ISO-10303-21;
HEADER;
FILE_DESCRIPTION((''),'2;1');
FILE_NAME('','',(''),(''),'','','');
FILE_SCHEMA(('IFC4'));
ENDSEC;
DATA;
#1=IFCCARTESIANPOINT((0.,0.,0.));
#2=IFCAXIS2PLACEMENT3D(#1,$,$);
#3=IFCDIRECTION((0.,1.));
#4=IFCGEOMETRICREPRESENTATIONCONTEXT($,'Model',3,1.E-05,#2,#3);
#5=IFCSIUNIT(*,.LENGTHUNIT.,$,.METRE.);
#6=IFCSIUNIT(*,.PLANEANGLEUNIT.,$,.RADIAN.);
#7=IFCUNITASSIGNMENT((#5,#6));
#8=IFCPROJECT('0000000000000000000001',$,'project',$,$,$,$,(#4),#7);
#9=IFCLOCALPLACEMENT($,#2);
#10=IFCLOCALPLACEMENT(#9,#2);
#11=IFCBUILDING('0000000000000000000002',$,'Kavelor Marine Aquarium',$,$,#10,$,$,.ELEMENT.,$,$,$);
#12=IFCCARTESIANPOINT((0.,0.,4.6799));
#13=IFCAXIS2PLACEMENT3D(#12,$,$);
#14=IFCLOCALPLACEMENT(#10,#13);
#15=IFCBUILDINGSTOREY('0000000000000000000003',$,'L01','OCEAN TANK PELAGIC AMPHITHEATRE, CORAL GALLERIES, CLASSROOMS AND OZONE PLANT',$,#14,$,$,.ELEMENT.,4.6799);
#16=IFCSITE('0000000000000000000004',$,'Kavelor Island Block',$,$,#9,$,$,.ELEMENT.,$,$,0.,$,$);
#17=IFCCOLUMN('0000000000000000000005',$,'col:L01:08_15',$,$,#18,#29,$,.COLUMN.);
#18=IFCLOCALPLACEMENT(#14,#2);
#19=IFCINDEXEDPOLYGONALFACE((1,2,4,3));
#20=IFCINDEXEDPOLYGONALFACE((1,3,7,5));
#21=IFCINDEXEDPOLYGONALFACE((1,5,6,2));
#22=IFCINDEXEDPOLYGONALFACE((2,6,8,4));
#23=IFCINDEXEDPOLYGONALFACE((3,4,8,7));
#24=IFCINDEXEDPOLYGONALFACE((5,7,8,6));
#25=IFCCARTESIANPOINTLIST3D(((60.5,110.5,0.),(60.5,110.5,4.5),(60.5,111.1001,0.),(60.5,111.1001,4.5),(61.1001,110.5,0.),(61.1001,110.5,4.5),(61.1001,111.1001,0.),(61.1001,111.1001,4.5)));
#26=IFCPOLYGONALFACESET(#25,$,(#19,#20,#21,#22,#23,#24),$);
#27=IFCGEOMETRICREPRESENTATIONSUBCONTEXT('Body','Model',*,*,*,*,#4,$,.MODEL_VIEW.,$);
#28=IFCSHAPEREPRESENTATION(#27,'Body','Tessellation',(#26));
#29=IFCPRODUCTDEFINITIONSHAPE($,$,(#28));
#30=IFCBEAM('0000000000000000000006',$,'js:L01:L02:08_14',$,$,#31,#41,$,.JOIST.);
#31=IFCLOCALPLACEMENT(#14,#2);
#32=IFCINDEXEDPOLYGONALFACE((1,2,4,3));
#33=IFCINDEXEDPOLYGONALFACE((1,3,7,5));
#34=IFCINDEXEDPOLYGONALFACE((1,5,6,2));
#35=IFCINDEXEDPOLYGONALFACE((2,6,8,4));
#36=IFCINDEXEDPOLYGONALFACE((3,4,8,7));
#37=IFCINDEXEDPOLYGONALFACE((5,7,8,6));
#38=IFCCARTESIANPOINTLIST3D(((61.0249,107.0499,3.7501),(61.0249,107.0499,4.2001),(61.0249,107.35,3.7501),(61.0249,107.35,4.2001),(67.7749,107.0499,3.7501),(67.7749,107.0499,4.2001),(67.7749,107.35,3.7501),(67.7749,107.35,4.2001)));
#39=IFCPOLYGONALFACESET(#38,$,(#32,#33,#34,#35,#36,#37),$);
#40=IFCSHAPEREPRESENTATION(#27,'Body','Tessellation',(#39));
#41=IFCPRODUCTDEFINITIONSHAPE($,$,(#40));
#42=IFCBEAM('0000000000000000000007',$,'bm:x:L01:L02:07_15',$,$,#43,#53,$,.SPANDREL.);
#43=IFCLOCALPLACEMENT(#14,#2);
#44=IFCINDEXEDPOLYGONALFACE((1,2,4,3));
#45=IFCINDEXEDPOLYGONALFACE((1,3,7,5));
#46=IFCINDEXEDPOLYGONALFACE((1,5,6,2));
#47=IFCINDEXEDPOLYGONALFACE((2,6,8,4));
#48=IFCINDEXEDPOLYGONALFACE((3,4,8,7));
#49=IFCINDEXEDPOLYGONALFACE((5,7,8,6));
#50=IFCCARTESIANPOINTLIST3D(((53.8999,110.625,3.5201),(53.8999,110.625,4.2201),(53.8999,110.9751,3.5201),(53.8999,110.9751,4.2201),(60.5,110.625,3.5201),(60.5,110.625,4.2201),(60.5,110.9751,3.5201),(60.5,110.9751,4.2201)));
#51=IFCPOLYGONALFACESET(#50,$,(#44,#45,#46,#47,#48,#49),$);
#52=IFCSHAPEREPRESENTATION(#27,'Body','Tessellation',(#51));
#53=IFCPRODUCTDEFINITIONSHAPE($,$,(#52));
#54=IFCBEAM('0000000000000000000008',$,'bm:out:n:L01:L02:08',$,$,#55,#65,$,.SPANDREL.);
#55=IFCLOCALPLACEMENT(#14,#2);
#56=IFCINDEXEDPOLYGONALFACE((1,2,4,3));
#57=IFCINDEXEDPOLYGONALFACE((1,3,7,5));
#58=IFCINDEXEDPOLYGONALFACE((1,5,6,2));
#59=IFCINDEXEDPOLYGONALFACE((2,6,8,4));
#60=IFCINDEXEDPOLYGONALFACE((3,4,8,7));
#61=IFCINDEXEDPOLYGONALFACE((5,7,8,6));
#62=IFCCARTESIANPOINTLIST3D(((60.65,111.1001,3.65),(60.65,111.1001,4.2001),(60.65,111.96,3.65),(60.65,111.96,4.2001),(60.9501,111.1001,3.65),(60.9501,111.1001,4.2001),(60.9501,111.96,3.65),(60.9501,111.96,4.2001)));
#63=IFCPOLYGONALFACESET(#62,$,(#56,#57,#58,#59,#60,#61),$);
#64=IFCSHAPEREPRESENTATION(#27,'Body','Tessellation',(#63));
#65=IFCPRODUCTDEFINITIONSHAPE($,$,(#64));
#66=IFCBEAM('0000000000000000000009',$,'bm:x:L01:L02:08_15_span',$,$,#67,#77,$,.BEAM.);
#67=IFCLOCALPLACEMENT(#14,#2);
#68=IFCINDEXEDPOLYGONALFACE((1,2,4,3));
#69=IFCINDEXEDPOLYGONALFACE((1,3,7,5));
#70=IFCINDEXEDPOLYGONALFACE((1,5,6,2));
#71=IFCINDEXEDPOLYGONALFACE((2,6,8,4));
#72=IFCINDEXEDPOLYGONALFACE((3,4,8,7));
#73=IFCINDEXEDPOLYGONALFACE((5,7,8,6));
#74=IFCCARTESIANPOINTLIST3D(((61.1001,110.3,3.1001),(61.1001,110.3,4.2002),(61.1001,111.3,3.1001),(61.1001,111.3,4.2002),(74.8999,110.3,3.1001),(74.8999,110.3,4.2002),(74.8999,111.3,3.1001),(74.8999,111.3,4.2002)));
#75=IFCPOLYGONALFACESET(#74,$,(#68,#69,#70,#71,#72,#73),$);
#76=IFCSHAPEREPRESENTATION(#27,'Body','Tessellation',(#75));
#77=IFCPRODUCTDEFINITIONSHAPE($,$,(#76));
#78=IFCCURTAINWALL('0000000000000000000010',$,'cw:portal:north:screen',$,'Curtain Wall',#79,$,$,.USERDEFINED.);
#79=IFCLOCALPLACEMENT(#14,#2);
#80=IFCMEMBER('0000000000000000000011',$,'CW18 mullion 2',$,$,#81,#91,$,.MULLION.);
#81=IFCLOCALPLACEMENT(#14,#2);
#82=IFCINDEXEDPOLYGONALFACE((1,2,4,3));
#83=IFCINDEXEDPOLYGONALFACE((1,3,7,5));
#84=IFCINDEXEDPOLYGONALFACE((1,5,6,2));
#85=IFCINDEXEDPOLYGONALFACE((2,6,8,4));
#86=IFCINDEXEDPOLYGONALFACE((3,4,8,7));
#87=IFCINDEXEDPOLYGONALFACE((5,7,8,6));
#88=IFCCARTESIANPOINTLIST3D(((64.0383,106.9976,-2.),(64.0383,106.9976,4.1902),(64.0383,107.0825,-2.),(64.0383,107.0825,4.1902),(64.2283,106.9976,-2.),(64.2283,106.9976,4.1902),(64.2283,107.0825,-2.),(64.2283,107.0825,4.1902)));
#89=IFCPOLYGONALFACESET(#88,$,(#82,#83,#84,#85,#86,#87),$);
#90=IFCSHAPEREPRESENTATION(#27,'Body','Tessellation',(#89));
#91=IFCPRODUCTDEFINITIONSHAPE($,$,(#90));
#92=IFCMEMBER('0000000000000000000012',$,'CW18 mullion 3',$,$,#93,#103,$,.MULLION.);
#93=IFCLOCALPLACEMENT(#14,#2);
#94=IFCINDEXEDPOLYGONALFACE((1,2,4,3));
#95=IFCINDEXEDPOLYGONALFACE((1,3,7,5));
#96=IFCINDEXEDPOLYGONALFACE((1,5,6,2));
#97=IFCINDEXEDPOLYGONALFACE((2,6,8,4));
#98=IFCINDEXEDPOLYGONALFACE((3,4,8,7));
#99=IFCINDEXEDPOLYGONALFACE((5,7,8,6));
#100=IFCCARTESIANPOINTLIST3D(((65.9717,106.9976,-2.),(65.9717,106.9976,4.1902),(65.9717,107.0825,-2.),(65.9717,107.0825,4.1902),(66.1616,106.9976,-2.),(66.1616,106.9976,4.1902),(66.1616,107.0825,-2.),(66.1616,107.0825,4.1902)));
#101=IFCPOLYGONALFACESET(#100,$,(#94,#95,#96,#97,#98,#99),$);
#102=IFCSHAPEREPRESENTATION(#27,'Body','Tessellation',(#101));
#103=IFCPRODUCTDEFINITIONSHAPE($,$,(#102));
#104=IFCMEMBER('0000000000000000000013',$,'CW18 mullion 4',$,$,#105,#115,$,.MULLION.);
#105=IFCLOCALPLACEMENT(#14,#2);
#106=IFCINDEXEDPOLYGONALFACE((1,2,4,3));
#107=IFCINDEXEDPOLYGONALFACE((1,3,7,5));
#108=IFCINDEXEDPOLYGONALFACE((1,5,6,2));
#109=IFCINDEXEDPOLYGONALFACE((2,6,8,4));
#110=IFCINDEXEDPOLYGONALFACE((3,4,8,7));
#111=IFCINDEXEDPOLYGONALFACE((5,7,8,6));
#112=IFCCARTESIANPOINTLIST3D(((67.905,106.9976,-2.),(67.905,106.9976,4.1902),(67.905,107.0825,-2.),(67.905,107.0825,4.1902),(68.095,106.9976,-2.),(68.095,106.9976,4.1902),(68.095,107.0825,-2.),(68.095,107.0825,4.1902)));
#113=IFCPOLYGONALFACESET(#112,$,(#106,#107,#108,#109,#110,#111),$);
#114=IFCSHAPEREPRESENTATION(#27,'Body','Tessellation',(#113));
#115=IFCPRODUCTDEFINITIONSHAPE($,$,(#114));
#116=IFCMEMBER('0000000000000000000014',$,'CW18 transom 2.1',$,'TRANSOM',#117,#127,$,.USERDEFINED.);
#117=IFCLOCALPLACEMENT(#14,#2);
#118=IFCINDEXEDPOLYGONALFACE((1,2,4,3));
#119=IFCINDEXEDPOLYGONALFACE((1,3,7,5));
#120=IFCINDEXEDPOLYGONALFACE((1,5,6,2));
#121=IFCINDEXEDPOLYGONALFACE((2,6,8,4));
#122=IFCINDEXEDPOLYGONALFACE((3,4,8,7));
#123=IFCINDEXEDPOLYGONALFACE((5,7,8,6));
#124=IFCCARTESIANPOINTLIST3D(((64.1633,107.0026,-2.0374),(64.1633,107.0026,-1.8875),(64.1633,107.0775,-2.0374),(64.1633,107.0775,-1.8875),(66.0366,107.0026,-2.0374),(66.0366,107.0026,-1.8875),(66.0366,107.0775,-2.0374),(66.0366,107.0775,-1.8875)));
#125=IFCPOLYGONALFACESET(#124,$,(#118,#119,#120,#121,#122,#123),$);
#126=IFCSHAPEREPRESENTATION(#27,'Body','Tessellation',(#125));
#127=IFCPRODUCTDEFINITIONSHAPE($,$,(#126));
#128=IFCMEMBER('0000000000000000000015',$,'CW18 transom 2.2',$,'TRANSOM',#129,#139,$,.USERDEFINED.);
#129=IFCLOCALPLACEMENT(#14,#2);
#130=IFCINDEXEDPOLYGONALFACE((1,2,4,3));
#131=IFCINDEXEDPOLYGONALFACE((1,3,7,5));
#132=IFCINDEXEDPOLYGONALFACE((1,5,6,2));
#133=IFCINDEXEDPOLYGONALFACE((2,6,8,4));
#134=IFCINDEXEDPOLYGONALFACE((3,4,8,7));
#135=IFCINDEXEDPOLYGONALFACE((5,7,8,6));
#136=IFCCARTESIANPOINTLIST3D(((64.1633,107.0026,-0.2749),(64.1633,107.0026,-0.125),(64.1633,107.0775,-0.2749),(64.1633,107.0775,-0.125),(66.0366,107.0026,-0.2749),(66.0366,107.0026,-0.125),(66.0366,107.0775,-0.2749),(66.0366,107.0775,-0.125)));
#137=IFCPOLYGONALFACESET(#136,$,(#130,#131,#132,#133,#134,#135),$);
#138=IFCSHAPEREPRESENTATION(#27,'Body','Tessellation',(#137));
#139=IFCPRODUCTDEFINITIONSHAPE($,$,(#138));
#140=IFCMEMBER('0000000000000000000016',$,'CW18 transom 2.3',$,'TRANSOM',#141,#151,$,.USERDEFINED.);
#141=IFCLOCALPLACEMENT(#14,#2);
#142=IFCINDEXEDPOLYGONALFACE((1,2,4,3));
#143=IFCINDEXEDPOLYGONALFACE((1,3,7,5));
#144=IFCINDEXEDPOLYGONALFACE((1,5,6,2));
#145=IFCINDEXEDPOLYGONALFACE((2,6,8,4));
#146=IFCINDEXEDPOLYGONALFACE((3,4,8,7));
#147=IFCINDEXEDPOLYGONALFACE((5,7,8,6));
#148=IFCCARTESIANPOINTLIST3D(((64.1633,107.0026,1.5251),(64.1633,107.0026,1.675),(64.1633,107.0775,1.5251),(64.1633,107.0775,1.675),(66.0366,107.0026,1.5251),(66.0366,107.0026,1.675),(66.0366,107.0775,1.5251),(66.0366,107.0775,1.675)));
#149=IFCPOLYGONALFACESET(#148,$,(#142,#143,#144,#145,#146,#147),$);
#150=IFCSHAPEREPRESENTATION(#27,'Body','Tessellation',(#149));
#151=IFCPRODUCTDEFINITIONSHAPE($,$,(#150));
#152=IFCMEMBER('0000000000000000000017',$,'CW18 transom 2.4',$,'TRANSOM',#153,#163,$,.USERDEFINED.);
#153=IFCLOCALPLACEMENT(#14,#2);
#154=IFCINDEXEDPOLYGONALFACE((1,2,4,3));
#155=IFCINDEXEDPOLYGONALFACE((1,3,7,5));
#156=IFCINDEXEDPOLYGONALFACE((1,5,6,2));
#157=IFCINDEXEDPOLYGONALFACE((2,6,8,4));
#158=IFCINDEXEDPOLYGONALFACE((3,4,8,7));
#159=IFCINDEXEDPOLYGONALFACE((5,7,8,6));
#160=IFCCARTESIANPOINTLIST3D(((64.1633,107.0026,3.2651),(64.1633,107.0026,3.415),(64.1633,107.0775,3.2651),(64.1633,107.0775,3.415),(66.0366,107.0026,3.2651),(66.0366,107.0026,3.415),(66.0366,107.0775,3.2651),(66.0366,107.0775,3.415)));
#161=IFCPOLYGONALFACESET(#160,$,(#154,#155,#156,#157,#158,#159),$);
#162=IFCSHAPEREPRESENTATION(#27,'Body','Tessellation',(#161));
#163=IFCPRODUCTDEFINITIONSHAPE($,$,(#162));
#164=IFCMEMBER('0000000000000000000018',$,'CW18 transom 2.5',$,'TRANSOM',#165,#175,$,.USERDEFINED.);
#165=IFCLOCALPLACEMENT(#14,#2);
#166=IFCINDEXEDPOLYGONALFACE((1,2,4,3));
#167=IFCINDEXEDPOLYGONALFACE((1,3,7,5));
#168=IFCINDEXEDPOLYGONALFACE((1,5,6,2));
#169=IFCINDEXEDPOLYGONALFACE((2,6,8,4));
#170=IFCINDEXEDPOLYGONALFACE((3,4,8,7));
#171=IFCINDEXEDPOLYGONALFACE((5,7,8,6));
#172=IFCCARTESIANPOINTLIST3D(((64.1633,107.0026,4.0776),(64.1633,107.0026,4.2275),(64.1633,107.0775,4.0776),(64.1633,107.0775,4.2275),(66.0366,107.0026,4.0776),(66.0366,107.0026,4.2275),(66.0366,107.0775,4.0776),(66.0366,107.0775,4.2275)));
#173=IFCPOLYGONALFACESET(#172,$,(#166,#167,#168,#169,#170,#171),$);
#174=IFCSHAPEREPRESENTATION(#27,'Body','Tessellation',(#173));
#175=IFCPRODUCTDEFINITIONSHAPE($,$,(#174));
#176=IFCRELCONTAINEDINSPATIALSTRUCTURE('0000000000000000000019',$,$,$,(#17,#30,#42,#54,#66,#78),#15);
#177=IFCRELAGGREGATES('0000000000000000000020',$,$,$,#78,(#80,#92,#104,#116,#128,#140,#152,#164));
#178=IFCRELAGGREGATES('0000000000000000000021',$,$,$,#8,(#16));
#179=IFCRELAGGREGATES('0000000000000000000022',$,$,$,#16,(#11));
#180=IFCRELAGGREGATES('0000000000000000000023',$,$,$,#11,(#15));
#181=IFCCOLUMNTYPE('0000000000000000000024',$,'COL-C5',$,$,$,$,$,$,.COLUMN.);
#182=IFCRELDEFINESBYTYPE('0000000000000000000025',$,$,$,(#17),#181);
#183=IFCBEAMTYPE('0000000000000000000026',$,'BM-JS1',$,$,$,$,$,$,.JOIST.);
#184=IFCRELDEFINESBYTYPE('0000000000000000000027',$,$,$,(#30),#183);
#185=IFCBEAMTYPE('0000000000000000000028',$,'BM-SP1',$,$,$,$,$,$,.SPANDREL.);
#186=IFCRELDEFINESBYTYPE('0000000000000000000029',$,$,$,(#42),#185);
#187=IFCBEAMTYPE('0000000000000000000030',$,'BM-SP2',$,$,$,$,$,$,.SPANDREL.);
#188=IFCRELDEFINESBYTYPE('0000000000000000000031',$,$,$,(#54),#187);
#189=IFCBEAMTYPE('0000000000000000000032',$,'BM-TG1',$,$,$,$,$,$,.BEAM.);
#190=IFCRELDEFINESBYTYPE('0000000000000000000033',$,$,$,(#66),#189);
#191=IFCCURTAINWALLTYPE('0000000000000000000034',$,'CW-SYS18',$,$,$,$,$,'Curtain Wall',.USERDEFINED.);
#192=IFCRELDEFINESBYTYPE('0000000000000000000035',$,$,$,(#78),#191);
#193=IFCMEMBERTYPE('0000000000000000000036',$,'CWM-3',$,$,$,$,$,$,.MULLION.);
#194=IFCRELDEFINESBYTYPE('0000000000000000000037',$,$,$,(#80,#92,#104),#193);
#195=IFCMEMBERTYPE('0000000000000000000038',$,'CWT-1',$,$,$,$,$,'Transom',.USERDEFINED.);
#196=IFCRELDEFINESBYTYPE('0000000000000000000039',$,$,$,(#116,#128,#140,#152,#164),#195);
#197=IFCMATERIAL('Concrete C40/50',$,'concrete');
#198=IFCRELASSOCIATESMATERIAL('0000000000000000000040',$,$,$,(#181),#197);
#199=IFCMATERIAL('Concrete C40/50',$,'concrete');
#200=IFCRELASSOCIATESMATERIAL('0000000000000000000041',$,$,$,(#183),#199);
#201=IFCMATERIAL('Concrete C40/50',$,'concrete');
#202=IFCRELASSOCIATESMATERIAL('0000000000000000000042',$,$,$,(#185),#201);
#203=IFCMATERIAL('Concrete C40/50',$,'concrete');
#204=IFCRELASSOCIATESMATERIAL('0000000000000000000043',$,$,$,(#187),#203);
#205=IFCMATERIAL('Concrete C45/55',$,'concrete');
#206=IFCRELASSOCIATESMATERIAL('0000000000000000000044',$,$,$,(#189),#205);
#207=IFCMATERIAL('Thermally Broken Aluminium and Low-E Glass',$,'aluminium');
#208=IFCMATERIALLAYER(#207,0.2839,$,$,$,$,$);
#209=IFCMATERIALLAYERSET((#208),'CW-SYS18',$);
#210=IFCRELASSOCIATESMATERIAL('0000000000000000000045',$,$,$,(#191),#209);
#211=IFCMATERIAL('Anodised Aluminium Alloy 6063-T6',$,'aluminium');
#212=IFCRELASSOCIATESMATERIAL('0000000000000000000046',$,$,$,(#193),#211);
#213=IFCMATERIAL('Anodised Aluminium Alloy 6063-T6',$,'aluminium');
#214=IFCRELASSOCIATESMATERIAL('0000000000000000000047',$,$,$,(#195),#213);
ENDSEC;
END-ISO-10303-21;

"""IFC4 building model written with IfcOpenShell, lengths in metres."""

from ifc_helpers import new_model, si_unit, direction, frame, origin, origin_2d, place, context, subcontext, project, spatial, rectangle, extrude, material, layer, layer_set, material_profile, profile_set, type_object, element, aggregate, save


model = new_model("IFC4")

# Units and contexts
model_context = context("Model", 3, precision=1e-05, world=origin(), true_north=direction((0.0, 1.0)))
body_context = subcontext(model_context, "Body", "Model", "MODEL_VIEW")
ifc_project = project(units=[si_unit("LENGTHUNIT", "METRE"), si_unit("PLANEANGLEUNIT", "RADIAN")], contexts=[model_context])

# Site, building, storey
site_placement = place(None, origin())
site = spatial("IfcSite", under=ifc_project, at=site_placement, Name="Kavelor Island Block", CompositionType="ELEMENT", RefElevation=0.0)
building_placement = place(site_placement, origin())
building = spatial("IfcBuilding", under=site, at=building_placement, Name="Kavelor Marine Aquarium", CompositionType="ELEMENT")
storey_placement = place(building_placement, frame((0.0, 0.0, 4.6799)))
storey = spatial("IfcBuildingStorey", under=building, at=storey_placement, Name="L01", Description="OCEAN TANK PELAGIC AMPHITHEATRE, CORAL GALLERIES, CLASSROOMS AND OZONE PLANT", CompositionType="ELEMENT", Elevation=4.6799)

# Column
ifc_material_1 = material(Name="Concrete C40/50", Category="concrete")
ifc_material_profile_1 = material_profile(ifc_material_1, rectangle(XDim=0.6001, YDim=0.6001, at=origin_2d()), Name="RC-COL 600x600")
ifc_profile_set_1 = profile_set([ifc_material_profile_1], Name="Concrete C40/50")
column_type = type_object("IfcColumnType", Name="COL-C5", PredefinedType="COLUMN", material=ifc_profile_set_1)
column_placement = place(storey_placement, frame((60.8, 110.8, 0.0), z_axis=(0.0, 0.0, 1.0), x_axis=(1.0, 0.0, 0.0)))
element("IfcColumn", 1, at=column_placement, inside=storey, type_object=column_type, Name="col:L01:08_15", PredefinedType="COLUMN", context=body_context, shape_type="SweptSolid", body=[
    extrude(rectangle(XDim=0.6001, YDim=0.6001, at=origin_2d()), origin(), (0.0, 0.0, 1.0), 4.5),
])

# Beams
ifc_material_2 = material(Name="Concrete C40/50", Category="concrete")
ifc_material_profile_2 = material_profile(ifc_material_2, rectangle(XDim=0.3, YDim=0.45, at=origin_2d()), Name="RC-JS 300x450")
ifc_profile_set_2 = profile_set([ifc_material_profile_2], Name="Concrete C40/50")
beam_type_1 = type_object("IfcBeamType", Name="BM-JS1", PredefinedType="JOIST", material=ifc_profile_set_2)
beam_1_placement = place(storey_placement, frame((61.0249, 107.2, 3.9751), z_axis=(1.0, 0.0, 0.0), x_axis=(0.0, 1.0, 0.0)))
element("IfcBeam", 2, at=beam_1_placement, inside=storey, type_object=beam_type_1, Name="js:L01:L02:08_14", PredefinedType="JOIST", context=body_context, shape_type="SweptSolid", body=[
    extrude(rectangle(XDim=0.3, YDim=0.45, at=origin_2d()), origin(), (0.0, 0.0, 1.0), 6.75),
])
ifc_material_3 = material(Name="Concrete C40/50", Category="concrete")
ifc_material_profile_3 = material_profile(ifc_material_3, rectangle(XDim=0.3501, YDim=0.7, at=origin_2d()), Name="RC-SP 350x700")
ifc_profile_set_3 = profile_set([ifc_material_profile_3], Name="Concrete C40/50")
beam_type_2 = type_object("IfcBeamType", Name="BM-SP1", PredefinedType="SPANDREL", material=ifc_profile_set_3)
beam_2_placement = place(storey_placement, frame((53.8999, 110.8, 3.8701), z_axis=(1.0, 0.0, 0.0), x_axis=(0.0, 1.0, 0.0)))
element("IfcBeam", 3, at=beam_2_placement, inside=storey, type_object=beam_type_2, Name="bm:x:L01:L02:07_15", PredefinedType="SPANDREL", context=body_context, shape_type="SweptSolid", body=[
    extrude(rectangle(XDim=0.3501, YDim=0.7, at=origin_2d()), origin(), (0.0, 0.0, 1.0), 6.6001),
])
ifc_material_4 = material(Name="Concrete C40/50", Category="concrete")
ifc_material_profile_4 = material_profile(ifc_material_4, rectangle(XDim=0.3, YDim=0.55, at=origin_2d()), Name="RC-SP 300x550")
ifc_profile_set_4 = profile_set([ifc_material_profile_4], Name="Concrete C40/50")
beam_type_3 = type_object("IfcBeamType", Name="BM-SP2", PredefinedType="SPANDREL", material=ifc_profile_set_4)
beam_3_placement = place(storey_placement, frame((60.8, 111.1001, 3.925), z_axis=(0.0, 1.0, 0.0), x_axis=(-1.0, 0.0, 0.0)))
element("IfcBeam", 4, at=beam_3_placement, inside=storey, type_object=beam_type_3, Name="bm:out:n:L01:L02:08", PredefinedType="SPANDREL", context=body_context, shape_type="SweptSolid", body=[
    extrude(rectangle(XDim=0.3, YDim=0.55, at=origin_2d()), origin(), (0.0, 0.0, 1.0), 0.8599),
])
ifc_material_5 = material(Name="Concrete C45/55", Category="concrete")
ifc_material_profile_5 = material_profile(ifc_material_5, rectangle(XDim=1.0, YDim=1.1001, at=origin_2d()), Name="RC-TG 1000x1100")
ifc_profile_set_5 = profile_set([ifc_material_profile_5], Name="Concrete C45/55")
beam_type_4 = type_object("IfcBeamType", Name="BM-TG1", PredefinedType="BEAM", material=ifc_profile_set_5)
beam_4_placement = place(storey_placement, frame((61.1001, 110.8, 3.6501), z_axis=(1.0, 0.0, 0.0), x_axis=(0.0, 1.0, 0.0)))
element("IfcBeam", 5, at=beam_4_placement, inside=storey, type_object=beam_type_4, Name="bm:x:L01:L02:08_15_span", PredefinedType="BEAM", context=body_context, shape_type="SweptSolid", body=[
    extrude(rectangle(XDim=1.0, YDim=1.1001, at=origin_2d()), origin(), (0.0, 0.0, 1.0), 13.7998),
])

# Curtain wall, members
ifc_material_6 = material(Name="Thermally Broken Aluminium and Low-E Glass", Category="aluminium")
ifc_layer_1 = layer(ifc_material_6, 0.2839)
ifc_layer_set_1 = layer_set([ifc_layer_1], Name="CW-SYS18")
curtain_wall_type = type_object("IfcCurtainWallType", Name="CW-SYS18", ElementType="Curtain Wall", PredefinedType="USERDEFINED", material=ifc_layer_set_1)
curtain_wall_placement = place(storey_placement, origin())
curtain_wall = element("IfcCurtainWall", 6, at=curtain_wall_placement, inside=storey, type_object=curtain_wall_type, Name="cw:portal:north:screen", ObjectType="Curtain Wall", PredefinedType="USERDEFINED")
ifc_material_7 = material(Name="Anodised Aluminium Alloy 6063-T6", Category="aluminium")
ifc_material_profile_6 = material_profile(ifc_material_7, rectangle(XDim=0.085, YDim=0.1899, at=origin_2d()), Name="CW-MUL 85x190")
ifc_profile_set_6 = profile_set([ifc_material_profile_6], Name="Anodised Aluminium Alloy 6063-T6")
member_type_1 = type_object("IfcMemberType", Name="CWM-3", PredefinedType="MULLION", material=ifc_profile_set_6)
member_1_placement = place(storey_placement, frame((64.1333, 107.04, -2.0), z_axis=(0.0, 0.0, 1.0), x_axis=(0.0, 1.0, 0.0)))
member_1 = element("IfcMember", 7, at=member_1_placement, type_object=member_type_1, Name="CW18 mullion 2", PredefinedType="MULLION", context=body_context, shape_type="SweptSolid", body=[
    extrude(rectangle(XDim=0.085, YDim=0.1899, at=origin_2d()), origin(), (0.0, 0.0, 1.0), 6.1902),
])
member_2_placement = place(storey_placement, frame((66.0667, 107.04, -2.0), z_axis=(0.0, 0.0, 1.0), x_axis=(0.0, 1.0, 0.0)))
member_2 = element("IfcMember", 8, at=member_2_placement, type_object=member_type_1, Name="CW18 mullion 3", PredefinedType="MULLION", context=body_context, shape_type="SweptSolid", body=[
    extrude(rectangle(XDim=0.085, YDim=0.1899, at=origin_2d()), origin(), (0.0, 0.0, 1.0), 6.1902),
])
member_3_placement = place(storey_placement, frame((68.0, 107.04, -2.0), z_axis=(0.0, 0.0, 1.0), x_axis=(0.0, 1.0, 0.0)))
member_3 = element("IfcMember", 9, at=member_3_placement, type_object=member_type_1, Name="CW18 mullion 4", PredefinedType="MULLION", context=body_context, shape_type="SweptSolid", body=[
    extrude(rectangle(XDim=0.085, YDim=0.1899, at=origin_2d()), origin(), (0.0, 0.0, 1.0), 6.1902),
])
ifc_material_8 = material(Name="Anodised Aluminium Alloy 6063-T6", Category="aluminium")
ifc_material_profile_7 = material_profile(ifc_material_8, rectangle(XDim=0.075, YDim=0.1499, at=origin_2d()), Name="CW-TRN 75x150")
ifc_profile_set_7 = profile_set([ifc_material_profile_7], Name="Anodised Aluminium Alloy 6063-T6")
member_type_2 = type_object("IfcMemberType", Name="CWT-1", ElementType="Transom", PredefinedType="USERDEFINED", material=ifc_profile_set_7)
member_4_placement = place(storey_placement, frame((64.1633, 107.04, -1.9624), z_axis=(1.0, 0.0, 0.0), x_axis=(0.0, 1.0, 0.0)))
member_4 = element("IfcMember", 10, at=member_4_placement, type_object=member_type_2, Name="CW18 transom 2.1", ObjectType="TRANSOM", PredefinedType="USERDEFINED", context=body_context, shape_type="SweptSolid", body=[
    extrude(rectangle(XDim=0.075, YDim=0.1499, at=origin_2d()), origin(), (0.0, 0.0, 1.0), 1.8733),
])
member_5_placement = place(storey_placement, frame((64.1633, 107.04, -0.2), z_axis=(1.0, 0.0, 0.0), x_axis=(0.0, 1.0, 0.0)))
member_5 = element("IfcMember", 11, at=member_5_placement, type_object=member_type_2, Name="CW18 transom 2.2", ObjectType="TRANSOM", PredefinedType="USERDEFINED", context=body_context, shape_type="SweptSolid", body=[
    extrude(rectangle(XDim=0.075, YDim=0.1499, at=origin_2d()), origin(), (0.0, 0.0, 1.0), 1.8733),
])
member_6_placement = place(storey_placement, frame((64.1633, 107.04, 1.6001), z_axis=(1.0, 0.0, 0.0), x_axis=(0.0, 1.0, 0.0)))
member_6 = element("IfcMember", 12, at=member_6_placement, type_object=member_type_2, Name="CW18 transom 2.3", ObjectType="TRANSOM", PredefinedType="USERDEFINED", context=body_context, shape_type="SweptSolid", body=[
    extrude(rectangle(XDim=0.075, YDim=0.1499, at=origin_2d()), origin(), (0.0, 0.0, 1.0), 1.8733),
])
member_7_placement = place(storey_placement, frame((64.1633, 107.04, 3.3401), z_axis=(1.0, 0.0, 0.0), x_axis=(0.0, 1.0, 0.0)))
member_7 = element("IfcMember", 13, at=member_7_placement, type_object=member_type_2, Name="CW18 transom 2.4", ObjectType="TRANSOM", PredefinedType="USERDEFINED", context=body_context, shape_type="SweptSolid", body=[
    extrude(rectangle(XDim=0.075, YDim=0.1499, at=origin_2d()), origin(), (0.0, 0.0, 1.0), 1.8733),
])
member_8_placement = place(storey_placement, frame((64.1633, 107.04, 4.1526), z_axis=(1.0, 0.0, 0.0), x_axis=(0.0, 1.0, 0.0)))
member_8 = element("IfcMember", 14, at=member_8_placement, type_object=member_type_2, Name="CW18 transom 2.5", ObjectType="TRANSOM", PredefinedType="USERDEFINED", context=body_context, shape_type="SweptSolid", body=[
    extrude(rectangle(XDim=0.075, YDim=0.1499, at=origin_2d()), origin(), (0.0, 0.0, 1.0), 1.8733),
])
aggregate(curtain_wall, [member_1, member_2, member_3, member_4, member_5, member_6, member_7, member_8])

save(model, "model.ifc")
